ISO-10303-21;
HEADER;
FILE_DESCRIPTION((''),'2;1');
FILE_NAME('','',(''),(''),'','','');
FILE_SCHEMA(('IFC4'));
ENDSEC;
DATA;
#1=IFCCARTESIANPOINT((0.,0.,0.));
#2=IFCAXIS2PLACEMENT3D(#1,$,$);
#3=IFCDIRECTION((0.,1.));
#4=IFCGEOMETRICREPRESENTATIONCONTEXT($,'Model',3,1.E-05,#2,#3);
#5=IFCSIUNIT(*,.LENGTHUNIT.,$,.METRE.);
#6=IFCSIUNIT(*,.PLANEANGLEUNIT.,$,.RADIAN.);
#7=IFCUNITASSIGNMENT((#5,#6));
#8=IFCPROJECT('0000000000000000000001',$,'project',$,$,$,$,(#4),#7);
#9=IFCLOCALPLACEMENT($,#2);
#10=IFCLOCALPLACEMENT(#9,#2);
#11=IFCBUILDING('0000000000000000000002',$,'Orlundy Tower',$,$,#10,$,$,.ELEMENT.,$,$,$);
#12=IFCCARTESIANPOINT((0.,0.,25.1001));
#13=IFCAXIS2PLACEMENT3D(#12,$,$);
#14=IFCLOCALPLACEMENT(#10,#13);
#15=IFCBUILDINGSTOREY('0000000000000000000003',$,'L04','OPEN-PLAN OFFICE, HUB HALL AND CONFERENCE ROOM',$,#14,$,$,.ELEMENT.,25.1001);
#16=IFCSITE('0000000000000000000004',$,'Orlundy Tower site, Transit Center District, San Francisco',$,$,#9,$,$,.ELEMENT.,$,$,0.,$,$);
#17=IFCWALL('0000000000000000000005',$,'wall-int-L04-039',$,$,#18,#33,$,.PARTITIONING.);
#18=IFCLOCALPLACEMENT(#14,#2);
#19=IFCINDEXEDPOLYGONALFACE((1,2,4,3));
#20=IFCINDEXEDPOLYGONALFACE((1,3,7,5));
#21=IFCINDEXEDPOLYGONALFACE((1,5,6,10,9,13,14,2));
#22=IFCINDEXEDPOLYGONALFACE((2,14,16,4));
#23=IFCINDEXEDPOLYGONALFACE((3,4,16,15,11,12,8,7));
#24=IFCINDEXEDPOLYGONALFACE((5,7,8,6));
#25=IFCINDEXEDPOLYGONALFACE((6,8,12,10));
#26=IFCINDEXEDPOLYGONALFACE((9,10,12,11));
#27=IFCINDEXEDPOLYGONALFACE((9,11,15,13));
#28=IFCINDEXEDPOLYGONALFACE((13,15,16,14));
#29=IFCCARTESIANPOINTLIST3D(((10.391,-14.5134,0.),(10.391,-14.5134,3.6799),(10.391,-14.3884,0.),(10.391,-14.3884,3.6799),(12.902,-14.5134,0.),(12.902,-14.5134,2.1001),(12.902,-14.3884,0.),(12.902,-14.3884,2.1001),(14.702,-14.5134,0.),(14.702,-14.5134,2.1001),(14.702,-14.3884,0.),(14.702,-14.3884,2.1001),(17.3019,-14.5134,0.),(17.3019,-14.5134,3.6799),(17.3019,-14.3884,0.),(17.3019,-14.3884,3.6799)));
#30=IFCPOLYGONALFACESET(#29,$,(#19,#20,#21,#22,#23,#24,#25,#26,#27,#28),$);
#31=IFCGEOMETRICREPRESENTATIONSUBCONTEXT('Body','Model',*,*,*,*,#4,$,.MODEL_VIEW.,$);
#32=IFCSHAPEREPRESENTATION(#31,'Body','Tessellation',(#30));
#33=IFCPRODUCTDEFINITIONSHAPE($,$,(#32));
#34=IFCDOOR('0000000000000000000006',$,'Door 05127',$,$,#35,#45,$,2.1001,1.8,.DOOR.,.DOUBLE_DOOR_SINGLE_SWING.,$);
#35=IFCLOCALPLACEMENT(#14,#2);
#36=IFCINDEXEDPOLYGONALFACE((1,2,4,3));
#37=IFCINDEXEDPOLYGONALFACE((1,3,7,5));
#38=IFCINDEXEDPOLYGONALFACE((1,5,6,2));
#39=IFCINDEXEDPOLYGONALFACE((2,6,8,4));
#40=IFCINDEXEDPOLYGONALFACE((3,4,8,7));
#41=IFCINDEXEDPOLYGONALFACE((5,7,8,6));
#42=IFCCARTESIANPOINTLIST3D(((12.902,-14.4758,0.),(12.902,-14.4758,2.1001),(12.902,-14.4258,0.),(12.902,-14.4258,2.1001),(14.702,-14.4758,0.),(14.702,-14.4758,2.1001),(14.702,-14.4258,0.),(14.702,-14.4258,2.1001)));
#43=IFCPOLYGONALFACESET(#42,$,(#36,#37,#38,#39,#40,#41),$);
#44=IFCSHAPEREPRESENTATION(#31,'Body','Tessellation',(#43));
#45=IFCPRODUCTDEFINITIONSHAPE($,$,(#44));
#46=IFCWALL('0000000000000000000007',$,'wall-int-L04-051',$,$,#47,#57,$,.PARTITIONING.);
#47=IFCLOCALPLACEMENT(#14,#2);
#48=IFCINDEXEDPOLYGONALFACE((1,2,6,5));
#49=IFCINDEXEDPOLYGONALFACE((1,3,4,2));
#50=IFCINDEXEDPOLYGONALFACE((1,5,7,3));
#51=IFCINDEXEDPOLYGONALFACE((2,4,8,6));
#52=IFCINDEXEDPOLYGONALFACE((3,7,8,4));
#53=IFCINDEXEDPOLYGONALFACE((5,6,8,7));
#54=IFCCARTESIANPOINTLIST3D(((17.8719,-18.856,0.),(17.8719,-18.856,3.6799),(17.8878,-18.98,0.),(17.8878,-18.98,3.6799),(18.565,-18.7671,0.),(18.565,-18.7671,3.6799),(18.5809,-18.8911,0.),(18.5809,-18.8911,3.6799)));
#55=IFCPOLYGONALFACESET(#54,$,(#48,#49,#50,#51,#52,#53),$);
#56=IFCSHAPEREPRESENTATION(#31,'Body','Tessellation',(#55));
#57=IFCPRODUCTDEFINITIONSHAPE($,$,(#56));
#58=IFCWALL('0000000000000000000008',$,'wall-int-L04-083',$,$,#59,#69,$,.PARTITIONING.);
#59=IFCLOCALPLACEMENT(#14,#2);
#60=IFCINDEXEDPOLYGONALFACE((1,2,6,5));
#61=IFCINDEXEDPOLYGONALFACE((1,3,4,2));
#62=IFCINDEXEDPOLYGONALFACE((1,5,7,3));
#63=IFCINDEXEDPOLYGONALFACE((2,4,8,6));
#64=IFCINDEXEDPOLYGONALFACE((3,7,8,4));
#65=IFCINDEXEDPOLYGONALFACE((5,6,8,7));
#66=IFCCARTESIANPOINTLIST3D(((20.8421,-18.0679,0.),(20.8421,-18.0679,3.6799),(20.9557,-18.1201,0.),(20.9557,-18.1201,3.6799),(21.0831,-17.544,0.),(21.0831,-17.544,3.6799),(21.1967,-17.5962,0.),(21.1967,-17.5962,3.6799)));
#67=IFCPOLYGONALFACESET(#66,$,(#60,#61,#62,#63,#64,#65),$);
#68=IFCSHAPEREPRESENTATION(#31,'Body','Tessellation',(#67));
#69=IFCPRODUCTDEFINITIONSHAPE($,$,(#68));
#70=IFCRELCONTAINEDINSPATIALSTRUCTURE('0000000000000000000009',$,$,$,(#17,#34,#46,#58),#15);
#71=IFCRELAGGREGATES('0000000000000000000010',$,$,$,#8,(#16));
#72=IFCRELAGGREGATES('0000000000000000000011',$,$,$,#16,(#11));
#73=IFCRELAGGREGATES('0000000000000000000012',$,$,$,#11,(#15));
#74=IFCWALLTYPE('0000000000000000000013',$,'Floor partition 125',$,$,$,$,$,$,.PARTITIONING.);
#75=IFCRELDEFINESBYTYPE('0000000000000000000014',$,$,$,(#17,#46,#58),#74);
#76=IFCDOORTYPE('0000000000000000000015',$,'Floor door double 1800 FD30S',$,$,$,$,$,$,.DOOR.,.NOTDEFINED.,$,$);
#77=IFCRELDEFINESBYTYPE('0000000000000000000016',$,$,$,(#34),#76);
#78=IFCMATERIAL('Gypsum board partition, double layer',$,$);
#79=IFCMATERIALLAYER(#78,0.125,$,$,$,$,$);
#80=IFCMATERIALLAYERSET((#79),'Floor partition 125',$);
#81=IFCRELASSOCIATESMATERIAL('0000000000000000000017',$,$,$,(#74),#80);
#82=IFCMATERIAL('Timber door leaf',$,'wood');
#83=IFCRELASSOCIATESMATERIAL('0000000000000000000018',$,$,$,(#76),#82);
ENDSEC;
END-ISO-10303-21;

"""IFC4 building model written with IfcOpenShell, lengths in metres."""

from ifc_helpers import new_model, si_unit, direction, frame, frame_2d, origin, place, context, subcontext, project, spatial, rectangle, extrude, material, layer, layer_set, type_object, element, fill, save


model = new_model("IFC4")

# Units and contexts
model_context = context("Model", 3, precision=1e-05, world=origin(), true_north=direction((0.0, 1.0)))
body_context = subcontext(model_context, "Body", "Model", "MODEL_VIEW")
ifc_project = project(units=[si_unit("LENGTHUNIT", "METRE"), si_unit("PLANEANGLEUNIT", "RADIAN")], contexts=[model_context])

# Site, building, storey
site_placement = place(None, origin())
site = spatial("IfcSite", under=ifc_project, at=site_placement, Name="Orlundy Tower site, Transit Center District, San Francisco", CompositionType="ELEMENT", RefElevation=0.0)
building_placement = place(site_placement, origin())
building = spatial("IfcBuilding", under=site, at=building_placement, Name="Orlundy Tower", CompositionType="ELEMENT")
storey_placement = place(building_placement, frame((0.0, 0.0, 25.1001)))
storey = spatial("IfcBuildingStorey", under=building, at=storey_placement, Name="L04", Description="OPEN-PLAN OFFICE, HUB HALL AND CONFERENCE ROOM", CompositionType="ELEMENT", Elevation=25.1001)

# Shared definitions
ifc_material_1 = material(Name="Gypsum board partition, double layer")
ifc_layer = layer(ifc_material_1, 0.125)
ifc_layer_set = layer_set([ifc_layer], Name="Floor partition 125")
wall_type = type_object("IfcWallType", Name="Floor partition 125", PredefinedType="PARTITIONING", material=ifc_layer_set)

# Wall, opening, door
wall_1_placement = place(storey_placement, frame((17.302, -14.4509, 0.0), z_axis=(0.0, 0.0, 1.0), x_axis=(-1.0, 0.0, 0.0)))
wall_1 = element("IfcWall", 1, at=wall_1_placement, inside=storey, type_object=wall_type, Name="wall-int-L04-039", PredefinedType="PARTITIONING", context=body_context, shape_type="SweptSolid", body=[
    extrude(rectangle(XDim=6.9109, YDim=0.125, at=frame_2d((3.4556, 0.0))), origin(), (0.0, 0.0, 1.0), 3.6799),
])
opening_1_placement = place(wall_1_placement, frame((2.6001, 0.0, 0.0)))
opening_1 = element("IfcOpeningElement", 2, at=opening_1_placement, cuts=wall_1, PredefinedType="OPENING", context=body_context, shape_type="SweptSolid", body=[
    extrude(rectangle(XDim=1.8, YDim=2.1001, at=frame_2d((0.8999, 1.05))), frame((0.0, 0.0725, 0.0), z_axis=(0.0, -1.0, 0.0), x_axis=(1.0, 0.0, 0.0)), (0.0, 0.0, 1.0), 0.145),
])
ifc_material_2 = material(Name="Timber door leaf", Category="wood")
door_type_1 = type_object("IfcDoorType", Name="Floor door double 1800 FD30S", OperationType="NOTDEFINED", PredefinedType="DOOR", material=ifc_material_2)
door_1_placement = place(opening_1_placement, origin())
door_1 = element("IfcDoor", 3, at=door_1_placement, inside=storey, type_object=door_type_1, Name="Door 05127", OperationType="DOUBLE_DOOR_SINGLE_SWING", OverallHeight=2.1001, OverallWidth=1.8, PredefinedType="DOOR", context=body_context, shape_type="SweptSolid", body=[
    extrude(rectangle(XDim=1.8, YDim=2.1001, at=frame_2d((0.8999, 1.05))), frame((0.0, 0.0249, 0.0), z_axis=(0.0, -1.0, 0.0), x_axis=(1.0, 0.0, 0.0)), (0.0, 0.0, 1.0), 0.05),
])
fill(opening_1, door_1)

# Walls
wall_2_placement = place(storey_placement, frame((17.8799, -18.918, 0.0), z_axis=(0.0, 0.0, 1.0), x_axis=(0.991881, 0.127173, 0.0)))
element("IfcWall", 4, at=wall_2_placement, inside=storey, type_object=wall_type, Name="wall-int-L04-051", PredefinedType="PARTITIONING", context=body_context, shape_type="SweptSolid", body=[
    extrude(rectangle(XDim=0.6987, YDim=0.125, at=frame_2d((0.3494, 0.0))), origin(), (0.0, 0.0, 1.0), 3.6799),
])
wall_3_placement = place(storey_placement, frame((20.8989, -18.094, 0.0), z_axis=(0.0, 0.0, 1.0), x_axis=(0.41785, 0.908516, 0.0)))
element("IfcWall", 5, at=wall_3_placement, inside=storey, type_object=wall_type, Name="wall-int-L04-083", PredefinedType="PARTITIONING", context=body_context, shape_type="SweptSolid", body=[
    extrude(rectangle(XDim=0.5767, YDim=0.125, at=frame_2d((0.2883, 0.0))), origin(), (0.0, 0.0, 1.0), 3.6799),
])

save(model, "model.ifc")
